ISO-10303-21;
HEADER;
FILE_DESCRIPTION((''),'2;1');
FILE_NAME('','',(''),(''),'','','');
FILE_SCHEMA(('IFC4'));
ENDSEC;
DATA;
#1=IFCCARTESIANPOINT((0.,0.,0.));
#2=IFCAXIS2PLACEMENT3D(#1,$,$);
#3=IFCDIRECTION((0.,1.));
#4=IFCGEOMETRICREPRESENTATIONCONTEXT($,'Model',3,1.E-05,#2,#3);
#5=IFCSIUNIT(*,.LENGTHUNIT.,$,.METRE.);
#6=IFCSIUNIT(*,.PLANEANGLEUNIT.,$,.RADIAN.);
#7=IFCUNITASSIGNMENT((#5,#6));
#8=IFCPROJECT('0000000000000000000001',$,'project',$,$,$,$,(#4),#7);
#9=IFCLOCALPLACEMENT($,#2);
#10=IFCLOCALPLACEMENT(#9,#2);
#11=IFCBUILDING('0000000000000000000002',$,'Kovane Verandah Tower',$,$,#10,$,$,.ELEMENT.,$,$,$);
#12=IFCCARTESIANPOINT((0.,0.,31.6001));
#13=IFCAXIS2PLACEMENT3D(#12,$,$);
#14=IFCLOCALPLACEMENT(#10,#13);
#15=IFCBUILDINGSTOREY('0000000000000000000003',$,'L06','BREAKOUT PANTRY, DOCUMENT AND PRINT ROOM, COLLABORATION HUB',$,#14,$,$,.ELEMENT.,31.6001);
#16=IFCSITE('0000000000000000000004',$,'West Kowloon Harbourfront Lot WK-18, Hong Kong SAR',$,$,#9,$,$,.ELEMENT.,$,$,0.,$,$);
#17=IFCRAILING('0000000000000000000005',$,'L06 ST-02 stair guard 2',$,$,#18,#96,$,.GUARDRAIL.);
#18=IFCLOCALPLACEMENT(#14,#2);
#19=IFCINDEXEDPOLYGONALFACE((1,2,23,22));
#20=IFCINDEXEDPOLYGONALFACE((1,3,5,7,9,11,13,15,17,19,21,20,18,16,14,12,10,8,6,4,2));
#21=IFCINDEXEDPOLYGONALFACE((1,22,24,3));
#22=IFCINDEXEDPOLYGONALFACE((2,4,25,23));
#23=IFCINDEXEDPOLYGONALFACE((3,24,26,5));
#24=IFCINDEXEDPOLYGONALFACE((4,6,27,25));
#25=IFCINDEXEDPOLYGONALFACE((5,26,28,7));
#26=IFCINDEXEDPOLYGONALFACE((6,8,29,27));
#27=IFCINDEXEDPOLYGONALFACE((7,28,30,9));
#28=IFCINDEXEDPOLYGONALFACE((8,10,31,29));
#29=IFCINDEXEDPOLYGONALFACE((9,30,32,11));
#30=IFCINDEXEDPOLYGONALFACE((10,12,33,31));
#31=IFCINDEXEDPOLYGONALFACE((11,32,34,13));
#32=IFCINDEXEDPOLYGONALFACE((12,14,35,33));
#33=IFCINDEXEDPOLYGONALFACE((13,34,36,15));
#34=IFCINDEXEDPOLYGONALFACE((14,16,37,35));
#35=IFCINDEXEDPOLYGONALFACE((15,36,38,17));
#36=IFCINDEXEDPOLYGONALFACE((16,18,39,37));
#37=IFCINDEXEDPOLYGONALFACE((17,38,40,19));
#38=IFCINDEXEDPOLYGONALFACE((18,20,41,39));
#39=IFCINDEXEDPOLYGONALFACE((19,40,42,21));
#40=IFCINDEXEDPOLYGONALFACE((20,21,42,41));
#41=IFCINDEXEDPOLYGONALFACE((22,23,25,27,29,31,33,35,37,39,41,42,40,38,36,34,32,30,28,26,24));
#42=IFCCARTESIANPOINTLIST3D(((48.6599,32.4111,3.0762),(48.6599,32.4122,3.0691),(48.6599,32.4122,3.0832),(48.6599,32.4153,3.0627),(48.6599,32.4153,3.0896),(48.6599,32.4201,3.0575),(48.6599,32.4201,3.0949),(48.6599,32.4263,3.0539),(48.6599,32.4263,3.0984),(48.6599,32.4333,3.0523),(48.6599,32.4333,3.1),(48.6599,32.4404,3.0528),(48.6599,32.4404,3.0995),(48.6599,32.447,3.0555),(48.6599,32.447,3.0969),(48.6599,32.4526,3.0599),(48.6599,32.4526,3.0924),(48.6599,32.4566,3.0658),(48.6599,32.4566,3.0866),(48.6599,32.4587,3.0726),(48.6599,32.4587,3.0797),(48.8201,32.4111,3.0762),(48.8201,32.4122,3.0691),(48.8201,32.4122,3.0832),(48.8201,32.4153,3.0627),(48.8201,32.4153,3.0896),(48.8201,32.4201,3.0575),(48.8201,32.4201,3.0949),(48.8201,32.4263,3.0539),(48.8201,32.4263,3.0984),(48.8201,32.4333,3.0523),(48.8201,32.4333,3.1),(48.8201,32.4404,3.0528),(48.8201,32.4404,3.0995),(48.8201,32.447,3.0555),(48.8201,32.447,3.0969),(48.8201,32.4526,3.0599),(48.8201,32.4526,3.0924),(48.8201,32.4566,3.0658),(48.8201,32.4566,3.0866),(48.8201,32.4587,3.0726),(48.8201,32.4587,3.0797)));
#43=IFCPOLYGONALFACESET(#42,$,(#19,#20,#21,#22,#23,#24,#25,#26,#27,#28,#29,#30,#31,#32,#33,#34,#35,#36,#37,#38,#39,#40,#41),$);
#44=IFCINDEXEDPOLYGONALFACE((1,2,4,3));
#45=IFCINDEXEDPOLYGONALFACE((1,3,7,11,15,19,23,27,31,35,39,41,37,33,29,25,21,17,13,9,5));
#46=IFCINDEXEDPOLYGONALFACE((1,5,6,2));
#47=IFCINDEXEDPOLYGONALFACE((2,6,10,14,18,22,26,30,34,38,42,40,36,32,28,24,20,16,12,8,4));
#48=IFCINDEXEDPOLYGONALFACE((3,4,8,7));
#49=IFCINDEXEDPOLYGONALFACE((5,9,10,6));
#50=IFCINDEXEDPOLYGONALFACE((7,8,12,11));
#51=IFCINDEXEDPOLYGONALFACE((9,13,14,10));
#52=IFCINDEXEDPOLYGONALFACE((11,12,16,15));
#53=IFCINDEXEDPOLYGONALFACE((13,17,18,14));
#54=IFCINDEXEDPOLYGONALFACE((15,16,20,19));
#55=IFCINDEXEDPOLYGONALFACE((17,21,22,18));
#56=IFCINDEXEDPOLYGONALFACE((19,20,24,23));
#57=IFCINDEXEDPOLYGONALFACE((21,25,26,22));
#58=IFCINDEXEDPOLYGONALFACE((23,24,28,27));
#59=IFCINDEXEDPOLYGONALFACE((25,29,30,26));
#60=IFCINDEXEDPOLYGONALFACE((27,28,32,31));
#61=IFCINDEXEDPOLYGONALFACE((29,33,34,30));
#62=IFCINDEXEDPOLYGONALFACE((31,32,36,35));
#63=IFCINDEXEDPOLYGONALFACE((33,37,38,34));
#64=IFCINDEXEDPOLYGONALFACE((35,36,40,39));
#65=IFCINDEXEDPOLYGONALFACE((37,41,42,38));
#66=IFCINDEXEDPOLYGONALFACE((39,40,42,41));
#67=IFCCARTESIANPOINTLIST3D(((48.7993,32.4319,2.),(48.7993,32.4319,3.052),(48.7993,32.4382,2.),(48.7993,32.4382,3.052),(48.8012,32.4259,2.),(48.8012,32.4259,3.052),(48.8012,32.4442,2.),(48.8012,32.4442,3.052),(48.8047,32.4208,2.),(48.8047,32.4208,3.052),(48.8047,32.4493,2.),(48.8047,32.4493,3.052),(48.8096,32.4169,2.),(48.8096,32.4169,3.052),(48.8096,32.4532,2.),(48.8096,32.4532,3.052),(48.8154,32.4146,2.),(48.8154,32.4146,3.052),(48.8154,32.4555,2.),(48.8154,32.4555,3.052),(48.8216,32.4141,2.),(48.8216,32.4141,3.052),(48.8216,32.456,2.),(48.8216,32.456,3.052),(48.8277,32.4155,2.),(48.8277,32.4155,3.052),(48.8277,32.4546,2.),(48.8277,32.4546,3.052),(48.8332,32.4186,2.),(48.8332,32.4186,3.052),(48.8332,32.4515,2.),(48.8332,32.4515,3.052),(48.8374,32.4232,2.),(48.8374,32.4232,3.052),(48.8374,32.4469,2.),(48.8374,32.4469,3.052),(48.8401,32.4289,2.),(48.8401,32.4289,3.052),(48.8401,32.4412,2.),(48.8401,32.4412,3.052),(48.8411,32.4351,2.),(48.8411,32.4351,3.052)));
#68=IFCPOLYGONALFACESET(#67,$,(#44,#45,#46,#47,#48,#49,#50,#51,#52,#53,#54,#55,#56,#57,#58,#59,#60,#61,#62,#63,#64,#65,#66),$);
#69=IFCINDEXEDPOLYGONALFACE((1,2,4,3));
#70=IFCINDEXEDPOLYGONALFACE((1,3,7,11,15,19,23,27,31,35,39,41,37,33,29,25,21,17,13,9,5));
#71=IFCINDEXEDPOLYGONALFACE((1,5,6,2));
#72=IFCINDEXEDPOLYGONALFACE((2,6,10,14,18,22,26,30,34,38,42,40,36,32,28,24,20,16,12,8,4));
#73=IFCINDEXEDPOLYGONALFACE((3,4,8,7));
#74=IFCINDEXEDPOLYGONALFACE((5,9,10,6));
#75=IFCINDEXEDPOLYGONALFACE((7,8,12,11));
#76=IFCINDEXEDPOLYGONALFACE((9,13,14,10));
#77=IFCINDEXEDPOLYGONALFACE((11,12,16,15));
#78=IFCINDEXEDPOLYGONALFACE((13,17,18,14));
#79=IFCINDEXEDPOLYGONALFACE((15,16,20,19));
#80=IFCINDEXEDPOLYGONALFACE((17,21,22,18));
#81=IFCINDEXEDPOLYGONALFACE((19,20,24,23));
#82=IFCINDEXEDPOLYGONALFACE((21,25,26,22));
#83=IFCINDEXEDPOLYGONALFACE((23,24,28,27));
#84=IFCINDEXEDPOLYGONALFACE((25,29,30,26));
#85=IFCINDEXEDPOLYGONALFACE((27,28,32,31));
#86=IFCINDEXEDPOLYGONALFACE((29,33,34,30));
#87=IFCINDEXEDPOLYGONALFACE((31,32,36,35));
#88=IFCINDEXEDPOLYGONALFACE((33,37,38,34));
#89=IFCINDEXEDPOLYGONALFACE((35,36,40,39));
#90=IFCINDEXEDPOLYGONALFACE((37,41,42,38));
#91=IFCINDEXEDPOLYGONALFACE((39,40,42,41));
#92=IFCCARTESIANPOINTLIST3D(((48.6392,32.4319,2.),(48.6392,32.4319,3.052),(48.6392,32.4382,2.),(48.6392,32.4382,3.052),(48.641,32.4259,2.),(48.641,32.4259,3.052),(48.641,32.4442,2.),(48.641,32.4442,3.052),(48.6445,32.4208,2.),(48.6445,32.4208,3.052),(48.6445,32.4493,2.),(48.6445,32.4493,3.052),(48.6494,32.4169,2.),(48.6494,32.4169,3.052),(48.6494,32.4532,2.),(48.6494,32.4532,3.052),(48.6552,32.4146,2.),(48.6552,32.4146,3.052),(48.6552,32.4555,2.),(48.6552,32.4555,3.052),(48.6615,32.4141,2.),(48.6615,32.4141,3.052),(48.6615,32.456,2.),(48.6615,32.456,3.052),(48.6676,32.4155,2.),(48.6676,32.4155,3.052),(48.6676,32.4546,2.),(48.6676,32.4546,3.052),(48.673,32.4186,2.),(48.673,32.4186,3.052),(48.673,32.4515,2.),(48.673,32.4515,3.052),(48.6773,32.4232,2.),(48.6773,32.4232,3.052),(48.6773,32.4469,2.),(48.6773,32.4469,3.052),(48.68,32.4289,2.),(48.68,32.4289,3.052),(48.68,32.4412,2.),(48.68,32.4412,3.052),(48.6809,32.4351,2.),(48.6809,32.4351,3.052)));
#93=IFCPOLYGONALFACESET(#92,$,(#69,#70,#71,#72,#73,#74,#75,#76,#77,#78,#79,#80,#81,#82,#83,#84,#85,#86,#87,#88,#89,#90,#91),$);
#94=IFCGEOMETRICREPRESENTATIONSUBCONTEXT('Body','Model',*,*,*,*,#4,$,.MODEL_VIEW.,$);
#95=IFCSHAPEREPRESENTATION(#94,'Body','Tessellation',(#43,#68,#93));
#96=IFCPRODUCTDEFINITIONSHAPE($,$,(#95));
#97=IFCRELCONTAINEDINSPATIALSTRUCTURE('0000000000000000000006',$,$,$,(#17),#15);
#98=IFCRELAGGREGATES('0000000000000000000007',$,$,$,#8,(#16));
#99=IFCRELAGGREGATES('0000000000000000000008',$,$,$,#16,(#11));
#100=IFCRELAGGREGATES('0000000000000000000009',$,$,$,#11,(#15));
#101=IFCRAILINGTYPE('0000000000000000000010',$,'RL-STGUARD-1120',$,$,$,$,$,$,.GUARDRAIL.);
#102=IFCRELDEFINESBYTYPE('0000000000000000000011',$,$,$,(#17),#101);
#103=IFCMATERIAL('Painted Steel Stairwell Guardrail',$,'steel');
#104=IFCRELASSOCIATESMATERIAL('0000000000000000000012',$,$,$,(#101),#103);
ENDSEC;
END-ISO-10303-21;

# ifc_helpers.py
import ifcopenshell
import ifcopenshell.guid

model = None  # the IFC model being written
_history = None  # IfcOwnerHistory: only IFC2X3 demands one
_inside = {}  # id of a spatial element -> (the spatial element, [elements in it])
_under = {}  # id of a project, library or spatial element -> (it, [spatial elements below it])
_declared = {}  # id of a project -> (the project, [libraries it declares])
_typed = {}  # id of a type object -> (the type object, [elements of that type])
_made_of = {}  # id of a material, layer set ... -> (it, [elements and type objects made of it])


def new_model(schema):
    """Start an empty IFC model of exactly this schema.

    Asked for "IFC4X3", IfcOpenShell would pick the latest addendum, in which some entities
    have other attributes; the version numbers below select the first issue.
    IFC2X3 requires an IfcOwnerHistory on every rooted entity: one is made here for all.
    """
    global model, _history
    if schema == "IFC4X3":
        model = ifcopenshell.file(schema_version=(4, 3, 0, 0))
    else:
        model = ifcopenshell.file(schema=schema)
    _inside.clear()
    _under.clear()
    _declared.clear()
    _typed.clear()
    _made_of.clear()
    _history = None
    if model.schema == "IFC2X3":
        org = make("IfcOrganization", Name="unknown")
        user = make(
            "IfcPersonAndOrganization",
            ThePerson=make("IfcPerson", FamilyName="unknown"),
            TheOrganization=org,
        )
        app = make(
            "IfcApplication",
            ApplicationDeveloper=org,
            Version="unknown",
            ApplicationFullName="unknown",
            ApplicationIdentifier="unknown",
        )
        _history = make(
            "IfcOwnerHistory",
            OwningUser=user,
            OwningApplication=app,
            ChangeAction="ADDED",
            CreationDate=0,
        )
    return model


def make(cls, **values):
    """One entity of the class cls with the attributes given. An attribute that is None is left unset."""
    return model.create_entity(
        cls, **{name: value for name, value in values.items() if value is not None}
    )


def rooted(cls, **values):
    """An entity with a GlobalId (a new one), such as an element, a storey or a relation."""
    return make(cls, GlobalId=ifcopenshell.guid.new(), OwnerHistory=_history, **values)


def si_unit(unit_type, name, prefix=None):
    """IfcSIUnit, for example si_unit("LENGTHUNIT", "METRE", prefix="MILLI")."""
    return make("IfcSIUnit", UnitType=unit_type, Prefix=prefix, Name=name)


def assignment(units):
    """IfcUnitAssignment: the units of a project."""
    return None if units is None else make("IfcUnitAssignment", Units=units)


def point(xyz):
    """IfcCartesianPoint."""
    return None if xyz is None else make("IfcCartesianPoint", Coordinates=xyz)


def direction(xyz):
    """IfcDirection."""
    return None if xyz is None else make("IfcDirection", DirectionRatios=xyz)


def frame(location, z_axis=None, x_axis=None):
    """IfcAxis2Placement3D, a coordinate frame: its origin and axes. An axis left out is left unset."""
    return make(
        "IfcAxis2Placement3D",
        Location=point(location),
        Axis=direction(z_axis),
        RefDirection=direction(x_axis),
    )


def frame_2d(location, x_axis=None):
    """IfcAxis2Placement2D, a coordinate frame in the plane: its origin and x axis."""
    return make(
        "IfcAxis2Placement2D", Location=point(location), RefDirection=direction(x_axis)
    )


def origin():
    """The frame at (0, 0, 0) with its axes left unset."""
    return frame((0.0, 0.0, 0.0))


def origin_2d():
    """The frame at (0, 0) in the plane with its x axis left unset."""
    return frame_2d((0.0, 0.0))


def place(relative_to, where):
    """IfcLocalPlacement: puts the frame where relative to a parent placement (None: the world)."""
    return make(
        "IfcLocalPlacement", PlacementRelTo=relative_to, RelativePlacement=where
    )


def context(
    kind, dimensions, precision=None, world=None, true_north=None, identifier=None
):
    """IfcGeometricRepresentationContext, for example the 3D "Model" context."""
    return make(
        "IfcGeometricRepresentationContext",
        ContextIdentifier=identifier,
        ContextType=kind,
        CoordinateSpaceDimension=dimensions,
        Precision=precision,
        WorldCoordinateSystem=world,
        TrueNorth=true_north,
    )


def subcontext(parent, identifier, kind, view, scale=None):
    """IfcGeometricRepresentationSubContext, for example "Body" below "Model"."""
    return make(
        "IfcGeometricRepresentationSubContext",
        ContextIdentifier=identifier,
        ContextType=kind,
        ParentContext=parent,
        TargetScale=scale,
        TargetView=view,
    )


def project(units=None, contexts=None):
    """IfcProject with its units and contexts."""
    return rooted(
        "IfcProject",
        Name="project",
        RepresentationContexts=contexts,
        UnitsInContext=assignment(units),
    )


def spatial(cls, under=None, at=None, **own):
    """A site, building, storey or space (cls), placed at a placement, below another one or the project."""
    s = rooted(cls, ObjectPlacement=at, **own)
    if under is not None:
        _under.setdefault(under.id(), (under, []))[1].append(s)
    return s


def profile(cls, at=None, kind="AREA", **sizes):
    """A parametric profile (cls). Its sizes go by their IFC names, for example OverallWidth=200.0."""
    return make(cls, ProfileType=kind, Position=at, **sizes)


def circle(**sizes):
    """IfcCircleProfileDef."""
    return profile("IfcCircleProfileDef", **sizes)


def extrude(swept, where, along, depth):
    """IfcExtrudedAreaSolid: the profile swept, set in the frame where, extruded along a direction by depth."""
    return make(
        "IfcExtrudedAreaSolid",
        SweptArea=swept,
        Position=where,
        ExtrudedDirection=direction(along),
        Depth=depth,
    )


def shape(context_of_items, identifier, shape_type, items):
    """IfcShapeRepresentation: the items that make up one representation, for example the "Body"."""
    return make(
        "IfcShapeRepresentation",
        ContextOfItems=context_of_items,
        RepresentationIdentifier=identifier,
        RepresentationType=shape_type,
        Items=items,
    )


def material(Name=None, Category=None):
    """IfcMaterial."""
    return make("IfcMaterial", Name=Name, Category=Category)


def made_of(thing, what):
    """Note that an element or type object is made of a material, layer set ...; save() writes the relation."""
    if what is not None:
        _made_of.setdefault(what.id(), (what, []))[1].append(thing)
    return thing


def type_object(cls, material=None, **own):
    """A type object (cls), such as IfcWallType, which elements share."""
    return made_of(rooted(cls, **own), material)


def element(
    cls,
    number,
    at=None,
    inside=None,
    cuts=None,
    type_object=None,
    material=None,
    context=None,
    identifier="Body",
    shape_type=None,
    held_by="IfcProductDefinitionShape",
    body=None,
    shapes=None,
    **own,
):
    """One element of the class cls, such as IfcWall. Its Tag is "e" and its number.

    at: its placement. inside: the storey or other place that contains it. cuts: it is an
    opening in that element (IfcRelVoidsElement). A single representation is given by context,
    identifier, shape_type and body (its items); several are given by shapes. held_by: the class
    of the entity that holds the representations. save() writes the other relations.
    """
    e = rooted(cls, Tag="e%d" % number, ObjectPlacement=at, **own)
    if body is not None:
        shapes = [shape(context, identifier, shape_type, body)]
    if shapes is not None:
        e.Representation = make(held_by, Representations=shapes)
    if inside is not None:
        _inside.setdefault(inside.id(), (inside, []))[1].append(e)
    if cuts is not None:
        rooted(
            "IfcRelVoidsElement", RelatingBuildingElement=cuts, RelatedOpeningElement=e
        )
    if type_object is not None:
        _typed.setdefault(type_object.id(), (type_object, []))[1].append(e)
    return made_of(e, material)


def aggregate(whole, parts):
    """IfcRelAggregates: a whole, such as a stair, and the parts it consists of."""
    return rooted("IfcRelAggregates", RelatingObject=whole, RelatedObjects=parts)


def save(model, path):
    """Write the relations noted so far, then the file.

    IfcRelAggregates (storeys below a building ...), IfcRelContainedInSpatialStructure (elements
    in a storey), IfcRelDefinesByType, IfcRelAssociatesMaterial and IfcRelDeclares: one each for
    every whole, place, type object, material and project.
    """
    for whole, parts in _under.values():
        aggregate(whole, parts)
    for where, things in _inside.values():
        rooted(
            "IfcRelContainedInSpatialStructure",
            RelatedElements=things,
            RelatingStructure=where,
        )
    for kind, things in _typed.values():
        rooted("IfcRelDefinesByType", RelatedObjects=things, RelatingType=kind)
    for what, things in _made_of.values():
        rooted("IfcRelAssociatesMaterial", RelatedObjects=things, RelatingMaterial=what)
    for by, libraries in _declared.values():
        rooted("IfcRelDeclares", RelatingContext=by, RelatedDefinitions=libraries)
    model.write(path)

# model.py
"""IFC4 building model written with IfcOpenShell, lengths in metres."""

from ifc_helpers import new_model, si_unit, direction, frame, origin, origin_2d, place, context, subcontext, project, spatial, circle, extrude, material, type_object, element, save


model = new_model("IFC4")

# Units and contexts
model_context = context("Model", 3, precision=1e-05, world=origin(), true_north=direction((0.0, 1.0)))
body_context = subcontext(model_context, "Body", "Model", "MODEL_VIEW")
ifc_project = project(units=[si_unit("LENGTHUNIT", "METRE"), si_unit("PLANEANGLEUNIT", "RADIAN")], contexts=[model_context])

# Site, building, storey
site_placement = place(None, origin())
site = spatial("IfcSite", under=ifc_project, at=site_placement, Name="West Kowloon Harbourfront Lot WK-18, Hong Kong SAR", CompositionType="ELEMENT", RefElevation=0.0)
building_placement = place(site_placement, origin())
building = spatial("IfcBuilding", under=site, at=building_placement, Name="Kovane Verandah Tower", CompositionType="ELEMENT")
storey_placement = place(building_placement, frame((0.0, 0.0, 31.6001)))
storey = spatial("IfcBuildingStorey", under=building, at=storey_placement, Name="L06", Description="BREAKOUT PANTRY, DOCUMENT AND PRINT ROOM, COLLABORATION HUB", CompositionType="ELEMENT", Elevation=31.6001)

# Railing
ifc_material_1 = material(Name="Painted Steel Stairwell Guardrail", Category="steel")
railing_type_1 = type_object("IfcRailingType", Name="RL-STGUARD-1120", PredefinedType="GUARDRAIL", material=ifc_material_1)
railing_1_placement = place(storey_placement, frame((48.8201, 32.4351, 2.0)))
element("IfcRailing", 1, at=railing_1_placement, inside=storey, type_object=railing_type_1, Name="L06 ST-02 stair guard 2", PredefinedType="GUARDRAIL", context=body_context, shape_type="SweptSolid", body=[
    extrude(circle(Radius=0.0239, at=origin_2d()), frame((0.0, 0.0, 1.0762), z_axis=(-1.0, 0.0, 0.0), x_axis=(0.0, -1.0, 0.0)), (0.0, 0.0, 1.0), 0.1602),
    extrude(circle(Radius=0.021, at=origin_2d()), origin(), (0.0, 0.0, 1.0), 1.052),
    extrude(circle(Radius=0.021, at=origin_2d()), frame((-0.1602, 0.0, 0.0)), (0.0, 0.0, 1.0), 1.052),
])

save(model, "model.ifc")
